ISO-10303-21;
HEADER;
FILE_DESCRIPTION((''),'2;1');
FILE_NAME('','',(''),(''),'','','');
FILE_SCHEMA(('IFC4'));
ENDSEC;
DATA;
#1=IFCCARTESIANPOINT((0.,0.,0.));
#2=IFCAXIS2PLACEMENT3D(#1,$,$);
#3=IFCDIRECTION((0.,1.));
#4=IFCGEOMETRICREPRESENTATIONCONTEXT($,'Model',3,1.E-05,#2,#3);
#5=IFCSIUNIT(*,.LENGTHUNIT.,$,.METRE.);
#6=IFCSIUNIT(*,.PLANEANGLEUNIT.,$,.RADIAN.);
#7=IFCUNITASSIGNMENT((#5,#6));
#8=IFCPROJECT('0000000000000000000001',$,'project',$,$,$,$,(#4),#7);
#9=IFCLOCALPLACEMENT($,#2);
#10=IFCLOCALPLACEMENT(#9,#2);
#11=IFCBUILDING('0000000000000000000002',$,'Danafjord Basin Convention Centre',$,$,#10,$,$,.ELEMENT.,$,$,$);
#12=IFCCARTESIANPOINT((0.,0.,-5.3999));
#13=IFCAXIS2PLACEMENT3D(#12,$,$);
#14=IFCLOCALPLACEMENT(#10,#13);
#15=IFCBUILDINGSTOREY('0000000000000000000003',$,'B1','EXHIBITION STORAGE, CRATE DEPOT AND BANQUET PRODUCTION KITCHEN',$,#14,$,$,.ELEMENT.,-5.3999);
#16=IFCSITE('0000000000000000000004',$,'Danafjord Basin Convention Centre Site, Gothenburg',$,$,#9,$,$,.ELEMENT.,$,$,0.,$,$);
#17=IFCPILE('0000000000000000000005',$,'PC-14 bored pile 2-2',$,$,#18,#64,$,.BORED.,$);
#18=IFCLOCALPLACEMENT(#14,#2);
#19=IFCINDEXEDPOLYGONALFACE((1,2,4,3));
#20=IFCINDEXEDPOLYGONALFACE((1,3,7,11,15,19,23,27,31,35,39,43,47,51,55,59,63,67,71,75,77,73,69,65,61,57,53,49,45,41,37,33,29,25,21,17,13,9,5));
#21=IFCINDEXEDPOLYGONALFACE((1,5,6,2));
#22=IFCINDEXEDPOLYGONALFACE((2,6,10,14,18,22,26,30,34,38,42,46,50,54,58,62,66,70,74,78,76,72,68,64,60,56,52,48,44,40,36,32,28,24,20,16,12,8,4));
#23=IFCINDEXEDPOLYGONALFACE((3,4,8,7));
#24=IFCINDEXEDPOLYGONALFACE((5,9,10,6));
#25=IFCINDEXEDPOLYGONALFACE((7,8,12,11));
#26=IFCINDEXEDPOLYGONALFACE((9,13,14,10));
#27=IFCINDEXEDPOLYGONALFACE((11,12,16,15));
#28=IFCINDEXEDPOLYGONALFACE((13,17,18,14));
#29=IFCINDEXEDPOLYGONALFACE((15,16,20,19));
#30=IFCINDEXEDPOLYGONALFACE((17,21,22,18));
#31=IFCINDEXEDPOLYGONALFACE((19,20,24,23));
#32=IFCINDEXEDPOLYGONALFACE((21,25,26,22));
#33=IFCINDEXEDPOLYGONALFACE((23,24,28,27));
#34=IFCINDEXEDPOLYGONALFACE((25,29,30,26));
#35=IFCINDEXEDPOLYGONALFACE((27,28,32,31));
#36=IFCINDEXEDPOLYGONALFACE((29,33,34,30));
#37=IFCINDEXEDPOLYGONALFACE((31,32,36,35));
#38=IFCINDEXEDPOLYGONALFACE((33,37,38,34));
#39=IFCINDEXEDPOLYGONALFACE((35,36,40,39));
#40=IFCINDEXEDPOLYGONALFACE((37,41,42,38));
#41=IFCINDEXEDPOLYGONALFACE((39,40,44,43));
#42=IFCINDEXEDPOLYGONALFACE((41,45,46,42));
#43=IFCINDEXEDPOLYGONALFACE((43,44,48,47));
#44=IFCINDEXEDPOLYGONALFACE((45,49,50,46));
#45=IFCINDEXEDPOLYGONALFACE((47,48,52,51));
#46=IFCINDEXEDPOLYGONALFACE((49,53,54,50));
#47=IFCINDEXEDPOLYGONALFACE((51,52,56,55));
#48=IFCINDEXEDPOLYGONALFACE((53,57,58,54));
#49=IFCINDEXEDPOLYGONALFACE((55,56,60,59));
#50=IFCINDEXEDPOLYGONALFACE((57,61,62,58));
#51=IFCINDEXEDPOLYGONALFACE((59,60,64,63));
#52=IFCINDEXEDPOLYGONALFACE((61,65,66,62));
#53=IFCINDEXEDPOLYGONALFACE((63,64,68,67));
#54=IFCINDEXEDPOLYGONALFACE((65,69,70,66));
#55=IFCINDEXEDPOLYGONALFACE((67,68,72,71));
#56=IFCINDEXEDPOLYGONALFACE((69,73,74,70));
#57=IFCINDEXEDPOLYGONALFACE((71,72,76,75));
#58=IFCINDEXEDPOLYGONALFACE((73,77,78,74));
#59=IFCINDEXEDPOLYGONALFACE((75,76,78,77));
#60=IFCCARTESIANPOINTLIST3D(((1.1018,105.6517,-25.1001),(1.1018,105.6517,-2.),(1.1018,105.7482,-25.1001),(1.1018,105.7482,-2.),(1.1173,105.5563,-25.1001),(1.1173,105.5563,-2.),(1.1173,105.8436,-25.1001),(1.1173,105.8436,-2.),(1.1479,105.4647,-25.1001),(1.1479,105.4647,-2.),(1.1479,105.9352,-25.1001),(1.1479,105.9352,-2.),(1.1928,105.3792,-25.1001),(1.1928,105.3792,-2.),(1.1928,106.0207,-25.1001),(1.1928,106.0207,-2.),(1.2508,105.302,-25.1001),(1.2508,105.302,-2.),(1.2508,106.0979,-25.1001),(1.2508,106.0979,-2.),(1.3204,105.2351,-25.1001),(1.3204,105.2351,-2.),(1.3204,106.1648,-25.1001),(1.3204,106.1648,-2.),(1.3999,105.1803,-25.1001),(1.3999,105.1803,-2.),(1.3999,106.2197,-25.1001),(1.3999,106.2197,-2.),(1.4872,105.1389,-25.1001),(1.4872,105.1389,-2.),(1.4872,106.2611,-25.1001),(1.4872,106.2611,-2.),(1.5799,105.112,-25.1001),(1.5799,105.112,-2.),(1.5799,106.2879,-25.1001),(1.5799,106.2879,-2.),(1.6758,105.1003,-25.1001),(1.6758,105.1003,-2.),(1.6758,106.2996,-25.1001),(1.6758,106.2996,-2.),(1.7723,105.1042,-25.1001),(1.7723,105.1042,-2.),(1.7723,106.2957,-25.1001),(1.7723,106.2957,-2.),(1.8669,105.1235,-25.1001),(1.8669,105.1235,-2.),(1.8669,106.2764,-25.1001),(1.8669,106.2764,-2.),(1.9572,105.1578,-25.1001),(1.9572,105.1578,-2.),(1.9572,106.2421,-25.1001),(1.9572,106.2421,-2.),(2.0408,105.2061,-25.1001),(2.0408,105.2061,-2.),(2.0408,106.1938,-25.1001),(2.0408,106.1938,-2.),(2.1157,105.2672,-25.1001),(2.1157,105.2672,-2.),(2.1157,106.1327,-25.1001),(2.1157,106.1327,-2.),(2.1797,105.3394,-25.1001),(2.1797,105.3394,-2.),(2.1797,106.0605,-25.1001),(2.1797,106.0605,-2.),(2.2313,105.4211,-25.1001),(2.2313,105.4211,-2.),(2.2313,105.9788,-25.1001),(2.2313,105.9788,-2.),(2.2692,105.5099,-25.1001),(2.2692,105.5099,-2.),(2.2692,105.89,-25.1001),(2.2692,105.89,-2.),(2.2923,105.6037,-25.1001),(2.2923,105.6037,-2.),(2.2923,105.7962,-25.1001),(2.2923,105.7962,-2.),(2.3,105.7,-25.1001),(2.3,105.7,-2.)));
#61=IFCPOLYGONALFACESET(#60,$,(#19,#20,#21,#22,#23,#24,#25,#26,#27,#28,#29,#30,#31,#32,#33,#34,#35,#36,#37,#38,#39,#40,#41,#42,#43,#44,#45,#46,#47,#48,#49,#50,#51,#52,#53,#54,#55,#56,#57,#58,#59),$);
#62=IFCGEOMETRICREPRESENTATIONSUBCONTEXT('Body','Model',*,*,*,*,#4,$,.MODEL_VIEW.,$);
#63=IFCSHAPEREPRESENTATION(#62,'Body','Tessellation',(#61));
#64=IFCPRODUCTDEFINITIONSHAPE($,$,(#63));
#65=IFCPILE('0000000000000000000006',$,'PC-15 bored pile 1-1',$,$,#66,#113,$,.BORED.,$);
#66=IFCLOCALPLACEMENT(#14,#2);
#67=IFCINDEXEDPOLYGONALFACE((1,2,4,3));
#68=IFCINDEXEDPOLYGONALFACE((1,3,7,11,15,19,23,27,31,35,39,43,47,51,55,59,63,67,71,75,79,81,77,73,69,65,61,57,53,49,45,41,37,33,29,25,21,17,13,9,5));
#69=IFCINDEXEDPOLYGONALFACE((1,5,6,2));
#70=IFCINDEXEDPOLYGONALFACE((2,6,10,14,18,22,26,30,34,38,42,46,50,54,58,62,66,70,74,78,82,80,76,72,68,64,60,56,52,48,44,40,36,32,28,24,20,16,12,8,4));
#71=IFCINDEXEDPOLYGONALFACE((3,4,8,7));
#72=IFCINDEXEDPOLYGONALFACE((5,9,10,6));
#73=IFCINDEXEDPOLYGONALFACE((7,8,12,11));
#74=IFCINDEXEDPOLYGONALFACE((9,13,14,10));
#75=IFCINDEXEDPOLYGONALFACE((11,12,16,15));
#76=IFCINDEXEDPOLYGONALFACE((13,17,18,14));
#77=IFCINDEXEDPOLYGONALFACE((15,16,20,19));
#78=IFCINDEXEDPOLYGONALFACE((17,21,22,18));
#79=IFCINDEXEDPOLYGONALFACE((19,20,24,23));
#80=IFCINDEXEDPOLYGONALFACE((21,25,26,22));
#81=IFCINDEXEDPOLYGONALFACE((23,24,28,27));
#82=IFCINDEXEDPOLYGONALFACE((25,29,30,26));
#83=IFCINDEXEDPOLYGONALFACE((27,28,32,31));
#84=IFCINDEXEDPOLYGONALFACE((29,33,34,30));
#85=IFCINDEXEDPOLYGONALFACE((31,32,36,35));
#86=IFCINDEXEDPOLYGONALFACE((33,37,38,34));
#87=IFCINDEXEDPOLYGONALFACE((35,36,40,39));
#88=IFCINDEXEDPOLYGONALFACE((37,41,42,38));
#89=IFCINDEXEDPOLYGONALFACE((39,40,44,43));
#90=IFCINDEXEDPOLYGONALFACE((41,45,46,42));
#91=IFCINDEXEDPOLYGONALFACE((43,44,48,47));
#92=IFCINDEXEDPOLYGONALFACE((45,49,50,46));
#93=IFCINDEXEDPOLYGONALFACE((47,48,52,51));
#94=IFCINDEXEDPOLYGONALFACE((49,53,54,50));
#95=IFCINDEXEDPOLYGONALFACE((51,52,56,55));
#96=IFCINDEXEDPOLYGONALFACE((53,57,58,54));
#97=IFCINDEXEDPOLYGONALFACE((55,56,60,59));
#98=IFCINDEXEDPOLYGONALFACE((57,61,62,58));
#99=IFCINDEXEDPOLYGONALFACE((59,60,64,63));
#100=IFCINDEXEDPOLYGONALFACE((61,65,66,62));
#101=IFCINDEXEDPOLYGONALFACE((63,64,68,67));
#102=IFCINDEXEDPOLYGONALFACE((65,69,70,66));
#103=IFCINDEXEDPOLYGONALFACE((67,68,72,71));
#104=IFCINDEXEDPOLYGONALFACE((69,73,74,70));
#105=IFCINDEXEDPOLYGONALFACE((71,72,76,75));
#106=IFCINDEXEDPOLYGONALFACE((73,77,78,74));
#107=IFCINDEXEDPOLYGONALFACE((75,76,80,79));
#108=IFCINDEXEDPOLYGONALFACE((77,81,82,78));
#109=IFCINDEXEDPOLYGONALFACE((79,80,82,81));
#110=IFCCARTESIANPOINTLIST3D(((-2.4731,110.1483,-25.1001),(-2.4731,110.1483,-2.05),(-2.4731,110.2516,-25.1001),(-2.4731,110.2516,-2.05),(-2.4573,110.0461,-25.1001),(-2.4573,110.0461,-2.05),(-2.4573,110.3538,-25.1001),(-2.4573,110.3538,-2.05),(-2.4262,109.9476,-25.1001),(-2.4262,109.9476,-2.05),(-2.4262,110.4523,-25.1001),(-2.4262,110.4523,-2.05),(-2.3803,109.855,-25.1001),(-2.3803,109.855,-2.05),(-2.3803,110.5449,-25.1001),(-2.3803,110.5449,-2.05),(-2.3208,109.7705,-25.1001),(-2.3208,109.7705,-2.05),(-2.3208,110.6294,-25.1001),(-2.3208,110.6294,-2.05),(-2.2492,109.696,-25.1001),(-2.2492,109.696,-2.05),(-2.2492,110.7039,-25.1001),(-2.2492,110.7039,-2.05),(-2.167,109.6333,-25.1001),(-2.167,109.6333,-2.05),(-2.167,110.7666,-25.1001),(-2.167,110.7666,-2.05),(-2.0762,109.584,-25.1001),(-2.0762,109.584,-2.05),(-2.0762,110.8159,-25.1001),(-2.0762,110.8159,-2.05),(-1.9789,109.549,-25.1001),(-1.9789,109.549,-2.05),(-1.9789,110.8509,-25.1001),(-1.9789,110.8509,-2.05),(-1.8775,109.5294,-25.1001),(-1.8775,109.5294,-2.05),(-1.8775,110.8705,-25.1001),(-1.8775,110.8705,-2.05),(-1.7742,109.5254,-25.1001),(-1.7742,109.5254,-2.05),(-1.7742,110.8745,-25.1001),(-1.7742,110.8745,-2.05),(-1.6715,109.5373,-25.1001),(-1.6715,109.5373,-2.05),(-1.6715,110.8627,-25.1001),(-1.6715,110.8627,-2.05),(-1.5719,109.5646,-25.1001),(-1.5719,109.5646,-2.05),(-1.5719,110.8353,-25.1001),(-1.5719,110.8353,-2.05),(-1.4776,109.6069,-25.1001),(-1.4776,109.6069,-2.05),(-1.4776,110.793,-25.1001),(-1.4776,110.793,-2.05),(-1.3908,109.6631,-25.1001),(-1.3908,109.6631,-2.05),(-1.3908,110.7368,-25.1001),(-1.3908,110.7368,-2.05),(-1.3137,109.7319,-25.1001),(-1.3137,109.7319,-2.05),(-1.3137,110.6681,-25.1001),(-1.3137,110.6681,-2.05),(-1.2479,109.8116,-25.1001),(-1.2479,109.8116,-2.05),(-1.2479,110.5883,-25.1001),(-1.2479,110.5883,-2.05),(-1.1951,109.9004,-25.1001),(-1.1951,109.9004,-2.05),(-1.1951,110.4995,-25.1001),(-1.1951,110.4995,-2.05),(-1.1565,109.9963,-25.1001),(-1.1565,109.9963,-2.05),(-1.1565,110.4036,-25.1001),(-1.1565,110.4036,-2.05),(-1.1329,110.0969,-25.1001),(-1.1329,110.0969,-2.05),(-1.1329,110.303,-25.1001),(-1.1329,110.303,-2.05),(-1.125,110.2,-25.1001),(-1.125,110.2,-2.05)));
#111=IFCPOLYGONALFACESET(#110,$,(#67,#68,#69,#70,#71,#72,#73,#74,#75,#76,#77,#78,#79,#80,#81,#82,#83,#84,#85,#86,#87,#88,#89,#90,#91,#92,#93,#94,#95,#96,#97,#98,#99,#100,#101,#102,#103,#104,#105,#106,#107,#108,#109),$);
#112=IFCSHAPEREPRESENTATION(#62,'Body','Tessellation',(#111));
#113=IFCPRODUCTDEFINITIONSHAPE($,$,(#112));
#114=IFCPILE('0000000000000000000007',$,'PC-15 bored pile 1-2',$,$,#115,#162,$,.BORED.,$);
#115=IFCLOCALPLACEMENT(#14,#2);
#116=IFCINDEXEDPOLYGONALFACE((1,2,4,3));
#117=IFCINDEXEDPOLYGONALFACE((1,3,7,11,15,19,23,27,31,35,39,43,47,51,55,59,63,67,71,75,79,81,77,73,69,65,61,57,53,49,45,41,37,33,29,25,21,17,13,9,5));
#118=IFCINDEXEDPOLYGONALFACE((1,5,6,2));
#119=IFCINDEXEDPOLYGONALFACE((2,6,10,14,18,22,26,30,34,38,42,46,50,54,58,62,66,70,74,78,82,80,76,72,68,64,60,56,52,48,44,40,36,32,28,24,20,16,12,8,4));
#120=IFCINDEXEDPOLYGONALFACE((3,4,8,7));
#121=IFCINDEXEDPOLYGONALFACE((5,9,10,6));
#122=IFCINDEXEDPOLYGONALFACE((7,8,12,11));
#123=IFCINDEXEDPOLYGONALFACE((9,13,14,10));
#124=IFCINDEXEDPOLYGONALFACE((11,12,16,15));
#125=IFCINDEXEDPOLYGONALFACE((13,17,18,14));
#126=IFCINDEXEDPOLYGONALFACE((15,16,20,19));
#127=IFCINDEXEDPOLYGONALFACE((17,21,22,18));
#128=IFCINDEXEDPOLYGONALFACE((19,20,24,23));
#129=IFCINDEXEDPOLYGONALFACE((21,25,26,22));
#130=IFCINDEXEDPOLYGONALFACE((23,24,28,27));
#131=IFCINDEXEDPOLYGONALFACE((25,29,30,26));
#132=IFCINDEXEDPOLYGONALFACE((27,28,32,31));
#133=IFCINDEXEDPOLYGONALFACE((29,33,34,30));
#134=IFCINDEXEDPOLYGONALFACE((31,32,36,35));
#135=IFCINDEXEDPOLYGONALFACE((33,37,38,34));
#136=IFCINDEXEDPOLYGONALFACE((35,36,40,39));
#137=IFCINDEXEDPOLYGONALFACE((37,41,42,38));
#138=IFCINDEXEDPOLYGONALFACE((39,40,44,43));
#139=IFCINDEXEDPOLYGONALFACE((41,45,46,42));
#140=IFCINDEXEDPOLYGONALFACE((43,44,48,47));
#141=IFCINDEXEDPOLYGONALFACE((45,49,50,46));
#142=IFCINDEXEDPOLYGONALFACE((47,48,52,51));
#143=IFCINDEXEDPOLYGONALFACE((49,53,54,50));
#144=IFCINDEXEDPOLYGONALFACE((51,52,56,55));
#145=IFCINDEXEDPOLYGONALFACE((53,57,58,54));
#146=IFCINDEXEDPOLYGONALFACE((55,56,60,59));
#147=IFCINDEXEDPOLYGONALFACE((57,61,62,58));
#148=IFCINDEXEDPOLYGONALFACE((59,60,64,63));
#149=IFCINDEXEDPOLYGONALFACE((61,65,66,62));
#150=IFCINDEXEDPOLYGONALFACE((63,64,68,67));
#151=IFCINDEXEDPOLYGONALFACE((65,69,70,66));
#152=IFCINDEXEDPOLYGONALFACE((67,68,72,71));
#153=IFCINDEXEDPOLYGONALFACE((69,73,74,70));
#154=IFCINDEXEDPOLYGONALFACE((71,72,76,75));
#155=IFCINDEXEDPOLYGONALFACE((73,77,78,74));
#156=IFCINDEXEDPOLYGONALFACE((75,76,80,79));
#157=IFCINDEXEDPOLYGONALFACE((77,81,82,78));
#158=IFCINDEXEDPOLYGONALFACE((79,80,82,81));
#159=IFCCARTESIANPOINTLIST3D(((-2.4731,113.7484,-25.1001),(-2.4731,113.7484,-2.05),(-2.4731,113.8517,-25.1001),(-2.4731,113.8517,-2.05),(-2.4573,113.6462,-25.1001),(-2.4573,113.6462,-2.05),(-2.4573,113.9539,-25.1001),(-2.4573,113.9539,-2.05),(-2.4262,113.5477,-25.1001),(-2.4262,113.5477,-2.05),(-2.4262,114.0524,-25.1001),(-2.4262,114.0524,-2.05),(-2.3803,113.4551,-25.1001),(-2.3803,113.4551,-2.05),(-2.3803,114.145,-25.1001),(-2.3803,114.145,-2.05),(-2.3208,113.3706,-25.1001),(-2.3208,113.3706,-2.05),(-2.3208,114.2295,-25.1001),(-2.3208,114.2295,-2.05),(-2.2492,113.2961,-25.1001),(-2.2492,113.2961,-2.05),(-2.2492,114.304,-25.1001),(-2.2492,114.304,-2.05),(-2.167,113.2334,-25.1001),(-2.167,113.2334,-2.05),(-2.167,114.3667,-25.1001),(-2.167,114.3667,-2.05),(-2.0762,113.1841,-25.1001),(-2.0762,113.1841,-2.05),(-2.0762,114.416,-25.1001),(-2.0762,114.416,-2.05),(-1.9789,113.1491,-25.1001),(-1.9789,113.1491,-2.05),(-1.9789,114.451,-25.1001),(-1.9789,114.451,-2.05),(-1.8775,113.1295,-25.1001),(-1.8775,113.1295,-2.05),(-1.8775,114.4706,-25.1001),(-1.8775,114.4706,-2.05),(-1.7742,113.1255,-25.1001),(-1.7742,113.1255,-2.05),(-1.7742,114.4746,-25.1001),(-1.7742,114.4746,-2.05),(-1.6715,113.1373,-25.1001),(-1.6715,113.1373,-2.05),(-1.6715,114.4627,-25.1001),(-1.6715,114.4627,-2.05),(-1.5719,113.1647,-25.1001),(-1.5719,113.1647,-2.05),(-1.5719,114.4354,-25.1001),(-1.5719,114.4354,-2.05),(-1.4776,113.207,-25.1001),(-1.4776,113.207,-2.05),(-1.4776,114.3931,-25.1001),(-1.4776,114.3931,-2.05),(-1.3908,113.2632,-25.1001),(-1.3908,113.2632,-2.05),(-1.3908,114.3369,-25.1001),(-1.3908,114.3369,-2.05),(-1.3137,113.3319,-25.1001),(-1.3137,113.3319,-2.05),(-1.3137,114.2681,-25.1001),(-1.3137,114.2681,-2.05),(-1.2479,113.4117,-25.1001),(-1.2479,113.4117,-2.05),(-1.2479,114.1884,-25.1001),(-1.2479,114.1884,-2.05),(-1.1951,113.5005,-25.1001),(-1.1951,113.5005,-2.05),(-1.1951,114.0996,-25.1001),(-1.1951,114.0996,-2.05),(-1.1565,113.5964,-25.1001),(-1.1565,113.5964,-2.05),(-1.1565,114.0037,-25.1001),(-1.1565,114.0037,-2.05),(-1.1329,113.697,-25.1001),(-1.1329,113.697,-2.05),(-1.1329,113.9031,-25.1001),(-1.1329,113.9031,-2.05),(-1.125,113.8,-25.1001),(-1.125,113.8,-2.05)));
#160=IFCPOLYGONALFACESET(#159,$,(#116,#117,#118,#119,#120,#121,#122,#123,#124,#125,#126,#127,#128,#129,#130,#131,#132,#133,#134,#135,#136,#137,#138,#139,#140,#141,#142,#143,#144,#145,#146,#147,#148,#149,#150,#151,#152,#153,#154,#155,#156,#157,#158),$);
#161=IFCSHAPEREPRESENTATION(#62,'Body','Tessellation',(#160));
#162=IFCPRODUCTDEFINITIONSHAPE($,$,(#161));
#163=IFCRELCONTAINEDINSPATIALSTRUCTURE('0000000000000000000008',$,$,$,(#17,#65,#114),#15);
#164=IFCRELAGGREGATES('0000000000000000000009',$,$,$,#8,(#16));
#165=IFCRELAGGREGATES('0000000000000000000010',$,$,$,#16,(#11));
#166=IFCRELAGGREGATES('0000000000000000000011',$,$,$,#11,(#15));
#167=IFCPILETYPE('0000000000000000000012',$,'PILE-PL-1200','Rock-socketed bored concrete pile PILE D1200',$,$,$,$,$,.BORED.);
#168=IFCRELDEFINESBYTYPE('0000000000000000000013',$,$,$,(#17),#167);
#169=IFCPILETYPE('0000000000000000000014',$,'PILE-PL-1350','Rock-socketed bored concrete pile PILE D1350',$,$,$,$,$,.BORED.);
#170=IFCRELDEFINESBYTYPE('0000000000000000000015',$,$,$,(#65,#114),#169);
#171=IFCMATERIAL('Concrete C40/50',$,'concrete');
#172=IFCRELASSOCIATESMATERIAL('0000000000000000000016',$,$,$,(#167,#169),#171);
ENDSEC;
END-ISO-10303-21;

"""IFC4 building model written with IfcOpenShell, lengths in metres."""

from ifc_helpers import new_model, si_unit, direction, frame, origin, origin_2d, place, context, subcontext, project, spatial, circle, extrude, material, material_profile, profile_set, type_object, element, save


model = new_model("IFC4")

# Units and contexts
model_context = context("Model", 3, precision=1e-05, world=origin(), true_north=direction((0.0, 1.0)))
body_context = subcontext(model_context, "Body", "Model", "MODEL_VIEW")
ifc_project = project(units=[si_unit("LENGTHUNIT", "METRE"), si_unit("PLANEANGLEUNIT", "RADIAN")], contexts=[model_context])

# Site, building, storey
site_placement = place(None, origin())
site = spatial("IfcSite", under=ifc_project, at=site_placement, Name="Danafjord Basin Convention Centre Site, Gothenburg", CompositionType="ELEMENT", RefElevation=0.0)
building_placement = place(site_placement, origin())
building = spatial("IfcBuilding", under=site, at=building_placement, Name="Danafjord Basin Convention Centre", CompositionType="ELEMENT")
storey_placement = place(building_placement, frame((0.0, 0.0, -5.3999)))
storey = spatial("IfcBuildingStorey", under=building, at=storey_placement, Name="B1", Description="EXHIBITION STORAGE, CRATE DEPOT AND BANQUET PRODUCTION KITCHEN", CompositionType="ELEMENT", Elevation=-5.3999)

# Shared definitions
ifc_material_1 = material(Name="Concrete C40/50", Category="concrete")

# Piles
ifc_material_profile_1 = material_profile(ifc_material_1, circle(Radius=0.6001, at=origin_2d()), Name="PILE D1200")
ifc_profile_set_1 = profile_set([ifc_material_profile_1], Name="Concrete C40/50")
pile_type_1 = type_object("IfcPileType", Name="PILE-PL-1200", Description="Rock-socketed bored concrete pile PILE D1200", PredefinedType="BORED", material=ifc_profile_set_1)
for number, where, z_axis, x_axis, name in (
    (1, (1.7, 105.7, -2.0), (0.0, 0.0, -1.0), (1.0, 0.0, 0.0), "PC-14 bored pile 2-2"),
):
    element("IfcPile", number, at=place(storey_placement, frame(where, z_axis=z_axis, x_axis=x_axis)), inside=storey, type_object=pile_type_1, Name=name, PredefinedType="BORED", context=body_context, shape_type="SweptSolid", body=[
        extrude(circle(Radius=0.6001, at=origin_2d()), origin(), (0.0, 0.0, 1.0), 23.1001),
    ])
ifc_material_profile_2 = material_profile(ifc_material_1, circle(Radius=0.675, at=origin_2d()), Name="PILE D1350")
ifc_profile_set_2 = profile_set([ifc_material_profile_2], Name="Concrete C40/50")
pile_type_2 = type_object("IfcPileType", Name="PILE-PL-1350", Description="Rock-socketed bored concrete pile PILE D1350", PredefinedType="BORED", material=ifc_profile_set_2)
for number, where, z_axis, x_axis, name in (
    (2, (-1.8, 110.2, -2.05), (0.0, 0.0, -1.0), (1.0, 0.0, 0.0), "PC-15 bored pile 1-1"),
    (3, (-1.8, 113.8, -2.05), (0.0, 0.0, -1.0), (1.0, 0.0, 0.0), "PC-15 bored pile 1-2"),
):
    element("IfcPile", number, at=place(storey_placement, frame(where, z_axis=z_axis, x_axis=x_axis)), inside=storey, type_object=pile_type_2, Name=name, PredefinedType="BORED", context=body_context, shape_type="SweptSolid", body=[
        extrude(circle(Radius=0.675, at=origin_2d()), origin(), (0.0, 0.0, 1.0), 23.05),
    ])

save(model, "model.ifc")
